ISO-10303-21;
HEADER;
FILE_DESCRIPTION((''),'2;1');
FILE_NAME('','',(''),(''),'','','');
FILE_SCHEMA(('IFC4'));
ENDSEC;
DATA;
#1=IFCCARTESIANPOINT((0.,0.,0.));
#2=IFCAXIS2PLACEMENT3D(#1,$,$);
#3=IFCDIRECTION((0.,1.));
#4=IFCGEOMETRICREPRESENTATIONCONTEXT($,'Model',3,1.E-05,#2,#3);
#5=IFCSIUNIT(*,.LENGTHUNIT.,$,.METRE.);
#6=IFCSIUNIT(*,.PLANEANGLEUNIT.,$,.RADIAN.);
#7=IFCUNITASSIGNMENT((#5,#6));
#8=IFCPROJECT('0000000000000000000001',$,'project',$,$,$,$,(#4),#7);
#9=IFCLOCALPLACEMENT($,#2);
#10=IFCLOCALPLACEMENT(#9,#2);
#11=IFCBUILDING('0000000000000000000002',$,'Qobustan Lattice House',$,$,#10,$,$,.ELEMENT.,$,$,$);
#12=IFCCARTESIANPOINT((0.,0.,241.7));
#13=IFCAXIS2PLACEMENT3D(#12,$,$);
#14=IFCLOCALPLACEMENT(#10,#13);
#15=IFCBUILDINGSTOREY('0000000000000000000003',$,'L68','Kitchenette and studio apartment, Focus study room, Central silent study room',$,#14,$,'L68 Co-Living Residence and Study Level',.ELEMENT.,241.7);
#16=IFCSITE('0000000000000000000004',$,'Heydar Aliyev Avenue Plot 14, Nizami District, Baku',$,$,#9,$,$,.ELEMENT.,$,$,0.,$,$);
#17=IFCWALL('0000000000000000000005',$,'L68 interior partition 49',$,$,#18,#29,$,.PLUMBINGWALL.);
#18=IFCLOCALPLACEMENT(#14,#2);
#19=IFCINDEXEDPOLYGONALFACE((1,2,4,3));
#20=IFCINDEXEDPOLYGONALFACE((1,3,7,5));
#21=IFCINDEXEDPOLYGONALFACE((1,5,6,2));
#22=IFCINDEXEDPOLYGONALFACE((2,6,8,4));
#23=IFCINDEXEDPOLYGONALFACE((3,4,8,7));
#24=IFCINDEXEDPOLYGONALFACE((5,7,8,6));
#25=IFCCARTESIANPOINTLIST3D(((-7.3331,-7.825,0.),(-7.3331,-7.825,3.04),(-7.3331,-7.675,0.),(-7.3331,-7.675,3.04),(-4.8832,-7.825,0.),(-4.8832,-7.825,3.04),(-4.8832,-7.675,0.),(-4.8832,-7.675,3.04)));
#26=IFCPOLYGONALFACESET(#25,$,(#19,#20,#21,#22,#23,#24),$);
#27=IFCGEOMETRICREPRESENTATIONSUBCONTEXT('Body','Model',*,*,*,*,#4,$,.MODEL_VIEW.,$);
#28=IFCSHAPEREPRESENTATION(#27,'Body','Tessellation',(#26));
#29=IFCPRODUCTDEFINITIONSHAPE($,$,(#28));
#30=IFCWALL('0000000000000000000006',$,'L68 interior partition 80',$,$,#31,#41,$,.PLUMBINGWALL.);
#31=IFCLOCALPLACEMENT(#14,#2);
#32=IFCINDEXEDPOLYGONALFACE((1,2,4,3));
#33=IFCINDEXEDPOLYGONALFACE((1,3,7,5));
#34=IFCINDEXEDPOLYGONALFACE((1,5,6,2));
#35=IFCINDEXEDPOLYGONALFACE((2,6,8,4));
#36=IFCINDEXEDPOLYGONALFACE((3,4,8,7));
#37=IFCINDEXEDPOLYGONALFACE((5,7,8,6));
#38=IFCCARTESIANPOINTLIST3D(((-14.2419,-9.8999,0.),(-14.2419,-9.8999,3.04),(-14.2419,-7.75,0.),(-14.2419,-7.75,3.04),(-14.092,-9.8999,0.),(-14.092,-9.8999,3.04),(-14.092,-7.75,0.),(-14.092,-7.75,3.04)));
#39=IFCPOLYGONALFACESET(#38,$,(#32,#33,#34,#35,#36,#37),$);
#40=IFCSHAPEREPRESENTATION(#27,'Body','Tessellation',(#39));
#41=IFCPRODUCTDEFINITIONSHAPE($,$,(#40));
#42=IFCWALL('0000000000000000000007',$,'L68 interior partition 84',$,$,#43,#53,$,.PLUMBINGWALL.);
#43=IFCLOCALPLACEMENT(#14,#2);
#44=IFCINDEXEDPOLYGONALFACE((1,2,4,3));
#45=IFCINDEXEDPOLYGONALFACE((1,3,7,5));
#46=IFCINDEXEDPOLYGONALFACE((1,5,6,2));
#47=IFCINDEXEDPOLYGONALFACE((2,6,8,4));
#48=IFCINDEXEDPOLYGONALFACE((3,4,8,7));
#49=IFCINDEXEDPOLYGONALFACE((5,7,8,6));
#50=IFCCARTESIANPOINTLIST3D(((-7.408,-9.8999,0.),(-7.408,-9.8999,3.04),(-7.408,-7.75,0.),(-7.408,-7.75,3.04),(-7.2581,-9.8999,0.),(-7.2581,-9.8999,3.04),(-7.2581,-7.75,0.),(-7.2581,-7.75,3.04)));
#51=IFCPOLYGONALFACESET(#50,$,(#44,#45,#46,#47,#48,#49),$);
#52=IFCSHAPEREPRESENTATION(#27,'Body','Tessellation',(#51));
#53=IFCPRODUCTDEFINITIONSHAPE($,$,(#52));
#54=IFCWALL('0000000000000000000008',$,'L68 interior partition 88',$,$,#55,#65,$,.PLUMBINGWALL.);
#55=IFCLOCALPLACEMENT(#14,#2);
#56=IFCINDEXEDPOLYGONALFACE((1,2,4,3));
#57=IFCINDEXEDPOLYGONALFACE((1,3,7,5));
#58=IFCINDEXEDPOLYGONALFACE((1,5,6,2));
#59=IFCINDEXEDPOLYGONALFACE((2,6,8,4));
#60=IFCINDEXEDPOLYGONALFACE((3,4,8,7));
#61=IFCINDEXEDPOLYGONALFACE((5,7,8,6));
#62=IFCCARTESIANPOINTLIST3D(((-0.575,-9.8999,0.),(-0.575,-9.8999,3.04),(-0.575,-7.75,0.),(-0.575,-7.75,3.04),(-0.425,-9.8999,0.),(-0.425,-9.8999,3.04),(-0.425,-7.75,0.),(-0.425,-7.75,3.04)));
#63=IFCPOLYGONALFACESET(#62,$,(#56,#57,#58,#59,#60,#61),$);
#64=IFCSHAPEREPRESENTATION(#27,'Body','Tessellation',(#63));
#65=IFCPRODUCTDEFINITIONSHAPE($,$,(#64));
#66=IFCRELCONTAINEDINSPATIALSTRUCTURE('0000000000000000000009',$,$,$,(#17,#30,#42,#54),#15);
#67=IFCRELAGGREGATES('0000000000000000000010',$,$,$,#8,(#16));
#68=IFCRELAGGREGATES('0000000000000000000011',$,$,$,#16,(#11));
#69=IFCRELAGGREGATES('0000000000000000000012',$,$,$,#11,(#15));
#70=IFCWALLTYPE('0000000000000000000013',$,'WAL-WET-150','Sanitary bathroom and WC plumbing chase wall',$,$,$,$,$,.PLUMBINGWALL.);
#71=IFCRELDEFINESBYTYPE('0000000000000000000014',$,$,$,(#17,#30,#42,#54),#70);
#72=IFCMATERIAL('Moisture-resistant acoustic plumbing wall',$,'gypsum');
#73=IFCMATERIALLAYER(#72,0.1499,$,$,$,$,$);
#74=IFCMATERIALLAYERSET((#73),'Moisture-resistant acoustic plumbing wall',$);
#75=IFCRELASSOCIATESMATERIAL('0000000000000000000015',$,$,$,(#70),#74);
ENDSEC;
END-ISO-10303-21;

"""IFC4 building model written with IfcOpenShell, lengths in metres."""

from ifc_helpers import new_model, si_unit, direction, frame, frame_2d, origin, place, context, subcontext, project, spatial, rectangle, extrude, material, layer, layer_set, type_object, element, save


model = new_model("IFC4")

# Units and contexts
model_context = context("Model", 3, precision=1e-05, world=origin(), true_north=direction((0.0, 1.0)))
body_context = subcontext(model_context, "Body", "Model", "MODEL_VIEW")
ifc_project = project(units=[si_unit("LENGTHUNIT", "METRE"), si_unit("PLANEANGLEUNIT", "RADIAN")], contexts=[model_context])

# Site, building, storey
site_placement = place(None, origin())
site = spatial("IfcSite", under=ifc_project, at=site_placement, Name="Heydar Aliyev Avenue Plot 14, Nizami District, Baku", CompositionType="ELEMENT", RefElevation=0.0)
building_placement = place(site_placement, origin())
building = spatial("IfcBuilding", under=site, at=building_placement, Name="Qobustan Lattice House", CompositionType="ELEMENT")
storey_placement = place(building_placement, frame((0.0, 0.0, 241.7)))
storey = spatial("IfcBuildingStorey", under=building, at=storey_placement, Name="L68", Description="Kitchenette and studio apartment, Focus study room, Central silent study room", LongName="L68 Co-Living Residence and Study Level", CompositionType="ELEMENT", Elevation=241.7)

# Walls
ifc_material_1 = material(Name="Moisture-resistant acoustic plumbing wall", Category="gypsum")
ifc_layer_1 = layer(ifc_material_1, 0.1499)
ifc_layer_set_1 = layer_set([ifc_layer_1], Name="Moisture-resistant acoustic plumbing wall")
wall_type_1 = type_object("IfcWallType", Name="WAL-WET-150", Description="Sanitary bathroom and WC plumbing chase wall", PredefinedType="PLUMBINGWALL", material=ifc_layer_set_1)
for number, where, z_axis, x_axis, name in (
    (1, (-4.8831, -7.75, 0.0), (0.0, 0.0, 1.0), (-1.0, 0.0, 0.0), "L68 interior partition 49"),
):
    element("IfcWall", number, at=place(storey_placement, frame(where, z_axis=z_axis, x_axis=x_axis)), inside=storey, type_object=wall_type_1, Name=name, PredefinedType="PLUMBINGWALL", context=body_context, shape_type="SweptSolid", body=[
        extrude(rectangle(XDim=2.45, YDim=0.1499, at=frame_2d((1.2251, 0.0))), origin(), (0.0, 0.0, 1.0), 3.04),
    ])
for number, where, z_axis, x_axis, name in (
    (2, (-14.167, -7.75, 0.0), (0.0, 0.0, 1.0), (0.0, -1.0, 0.0), "L68 interior partition 80"),
    (3, (-7.333, -7.75, 0.0), (0.0, 0.0, 1.0), (0.0, -1.0, 0.0), "L68 interior partition 84"),
    (4, (-0.5, -7.75, 0.0), (0.0, 0.0, 1.0), (0.0, -1.0, 0.0), "L68 interior partition 88"),
):
    element("IfcWall", number, at=place(storey_placement, frame(where, z_axis=z_axis, x_axis=x_axis)), inside=storey, type_object=wall_type_1, Name=name, PredefinedType="PLUMBINGWALL", context=body_context, shape_type="SweptSolid", body=[
        extrude(rectangle(XDim=2.1499, YDim=0.1499, at=frame_2d((1.075, 0.0))), origin(), (0.0, 0.0, 1.0), 3.04),
    ])

save(model, "model.ifc")
